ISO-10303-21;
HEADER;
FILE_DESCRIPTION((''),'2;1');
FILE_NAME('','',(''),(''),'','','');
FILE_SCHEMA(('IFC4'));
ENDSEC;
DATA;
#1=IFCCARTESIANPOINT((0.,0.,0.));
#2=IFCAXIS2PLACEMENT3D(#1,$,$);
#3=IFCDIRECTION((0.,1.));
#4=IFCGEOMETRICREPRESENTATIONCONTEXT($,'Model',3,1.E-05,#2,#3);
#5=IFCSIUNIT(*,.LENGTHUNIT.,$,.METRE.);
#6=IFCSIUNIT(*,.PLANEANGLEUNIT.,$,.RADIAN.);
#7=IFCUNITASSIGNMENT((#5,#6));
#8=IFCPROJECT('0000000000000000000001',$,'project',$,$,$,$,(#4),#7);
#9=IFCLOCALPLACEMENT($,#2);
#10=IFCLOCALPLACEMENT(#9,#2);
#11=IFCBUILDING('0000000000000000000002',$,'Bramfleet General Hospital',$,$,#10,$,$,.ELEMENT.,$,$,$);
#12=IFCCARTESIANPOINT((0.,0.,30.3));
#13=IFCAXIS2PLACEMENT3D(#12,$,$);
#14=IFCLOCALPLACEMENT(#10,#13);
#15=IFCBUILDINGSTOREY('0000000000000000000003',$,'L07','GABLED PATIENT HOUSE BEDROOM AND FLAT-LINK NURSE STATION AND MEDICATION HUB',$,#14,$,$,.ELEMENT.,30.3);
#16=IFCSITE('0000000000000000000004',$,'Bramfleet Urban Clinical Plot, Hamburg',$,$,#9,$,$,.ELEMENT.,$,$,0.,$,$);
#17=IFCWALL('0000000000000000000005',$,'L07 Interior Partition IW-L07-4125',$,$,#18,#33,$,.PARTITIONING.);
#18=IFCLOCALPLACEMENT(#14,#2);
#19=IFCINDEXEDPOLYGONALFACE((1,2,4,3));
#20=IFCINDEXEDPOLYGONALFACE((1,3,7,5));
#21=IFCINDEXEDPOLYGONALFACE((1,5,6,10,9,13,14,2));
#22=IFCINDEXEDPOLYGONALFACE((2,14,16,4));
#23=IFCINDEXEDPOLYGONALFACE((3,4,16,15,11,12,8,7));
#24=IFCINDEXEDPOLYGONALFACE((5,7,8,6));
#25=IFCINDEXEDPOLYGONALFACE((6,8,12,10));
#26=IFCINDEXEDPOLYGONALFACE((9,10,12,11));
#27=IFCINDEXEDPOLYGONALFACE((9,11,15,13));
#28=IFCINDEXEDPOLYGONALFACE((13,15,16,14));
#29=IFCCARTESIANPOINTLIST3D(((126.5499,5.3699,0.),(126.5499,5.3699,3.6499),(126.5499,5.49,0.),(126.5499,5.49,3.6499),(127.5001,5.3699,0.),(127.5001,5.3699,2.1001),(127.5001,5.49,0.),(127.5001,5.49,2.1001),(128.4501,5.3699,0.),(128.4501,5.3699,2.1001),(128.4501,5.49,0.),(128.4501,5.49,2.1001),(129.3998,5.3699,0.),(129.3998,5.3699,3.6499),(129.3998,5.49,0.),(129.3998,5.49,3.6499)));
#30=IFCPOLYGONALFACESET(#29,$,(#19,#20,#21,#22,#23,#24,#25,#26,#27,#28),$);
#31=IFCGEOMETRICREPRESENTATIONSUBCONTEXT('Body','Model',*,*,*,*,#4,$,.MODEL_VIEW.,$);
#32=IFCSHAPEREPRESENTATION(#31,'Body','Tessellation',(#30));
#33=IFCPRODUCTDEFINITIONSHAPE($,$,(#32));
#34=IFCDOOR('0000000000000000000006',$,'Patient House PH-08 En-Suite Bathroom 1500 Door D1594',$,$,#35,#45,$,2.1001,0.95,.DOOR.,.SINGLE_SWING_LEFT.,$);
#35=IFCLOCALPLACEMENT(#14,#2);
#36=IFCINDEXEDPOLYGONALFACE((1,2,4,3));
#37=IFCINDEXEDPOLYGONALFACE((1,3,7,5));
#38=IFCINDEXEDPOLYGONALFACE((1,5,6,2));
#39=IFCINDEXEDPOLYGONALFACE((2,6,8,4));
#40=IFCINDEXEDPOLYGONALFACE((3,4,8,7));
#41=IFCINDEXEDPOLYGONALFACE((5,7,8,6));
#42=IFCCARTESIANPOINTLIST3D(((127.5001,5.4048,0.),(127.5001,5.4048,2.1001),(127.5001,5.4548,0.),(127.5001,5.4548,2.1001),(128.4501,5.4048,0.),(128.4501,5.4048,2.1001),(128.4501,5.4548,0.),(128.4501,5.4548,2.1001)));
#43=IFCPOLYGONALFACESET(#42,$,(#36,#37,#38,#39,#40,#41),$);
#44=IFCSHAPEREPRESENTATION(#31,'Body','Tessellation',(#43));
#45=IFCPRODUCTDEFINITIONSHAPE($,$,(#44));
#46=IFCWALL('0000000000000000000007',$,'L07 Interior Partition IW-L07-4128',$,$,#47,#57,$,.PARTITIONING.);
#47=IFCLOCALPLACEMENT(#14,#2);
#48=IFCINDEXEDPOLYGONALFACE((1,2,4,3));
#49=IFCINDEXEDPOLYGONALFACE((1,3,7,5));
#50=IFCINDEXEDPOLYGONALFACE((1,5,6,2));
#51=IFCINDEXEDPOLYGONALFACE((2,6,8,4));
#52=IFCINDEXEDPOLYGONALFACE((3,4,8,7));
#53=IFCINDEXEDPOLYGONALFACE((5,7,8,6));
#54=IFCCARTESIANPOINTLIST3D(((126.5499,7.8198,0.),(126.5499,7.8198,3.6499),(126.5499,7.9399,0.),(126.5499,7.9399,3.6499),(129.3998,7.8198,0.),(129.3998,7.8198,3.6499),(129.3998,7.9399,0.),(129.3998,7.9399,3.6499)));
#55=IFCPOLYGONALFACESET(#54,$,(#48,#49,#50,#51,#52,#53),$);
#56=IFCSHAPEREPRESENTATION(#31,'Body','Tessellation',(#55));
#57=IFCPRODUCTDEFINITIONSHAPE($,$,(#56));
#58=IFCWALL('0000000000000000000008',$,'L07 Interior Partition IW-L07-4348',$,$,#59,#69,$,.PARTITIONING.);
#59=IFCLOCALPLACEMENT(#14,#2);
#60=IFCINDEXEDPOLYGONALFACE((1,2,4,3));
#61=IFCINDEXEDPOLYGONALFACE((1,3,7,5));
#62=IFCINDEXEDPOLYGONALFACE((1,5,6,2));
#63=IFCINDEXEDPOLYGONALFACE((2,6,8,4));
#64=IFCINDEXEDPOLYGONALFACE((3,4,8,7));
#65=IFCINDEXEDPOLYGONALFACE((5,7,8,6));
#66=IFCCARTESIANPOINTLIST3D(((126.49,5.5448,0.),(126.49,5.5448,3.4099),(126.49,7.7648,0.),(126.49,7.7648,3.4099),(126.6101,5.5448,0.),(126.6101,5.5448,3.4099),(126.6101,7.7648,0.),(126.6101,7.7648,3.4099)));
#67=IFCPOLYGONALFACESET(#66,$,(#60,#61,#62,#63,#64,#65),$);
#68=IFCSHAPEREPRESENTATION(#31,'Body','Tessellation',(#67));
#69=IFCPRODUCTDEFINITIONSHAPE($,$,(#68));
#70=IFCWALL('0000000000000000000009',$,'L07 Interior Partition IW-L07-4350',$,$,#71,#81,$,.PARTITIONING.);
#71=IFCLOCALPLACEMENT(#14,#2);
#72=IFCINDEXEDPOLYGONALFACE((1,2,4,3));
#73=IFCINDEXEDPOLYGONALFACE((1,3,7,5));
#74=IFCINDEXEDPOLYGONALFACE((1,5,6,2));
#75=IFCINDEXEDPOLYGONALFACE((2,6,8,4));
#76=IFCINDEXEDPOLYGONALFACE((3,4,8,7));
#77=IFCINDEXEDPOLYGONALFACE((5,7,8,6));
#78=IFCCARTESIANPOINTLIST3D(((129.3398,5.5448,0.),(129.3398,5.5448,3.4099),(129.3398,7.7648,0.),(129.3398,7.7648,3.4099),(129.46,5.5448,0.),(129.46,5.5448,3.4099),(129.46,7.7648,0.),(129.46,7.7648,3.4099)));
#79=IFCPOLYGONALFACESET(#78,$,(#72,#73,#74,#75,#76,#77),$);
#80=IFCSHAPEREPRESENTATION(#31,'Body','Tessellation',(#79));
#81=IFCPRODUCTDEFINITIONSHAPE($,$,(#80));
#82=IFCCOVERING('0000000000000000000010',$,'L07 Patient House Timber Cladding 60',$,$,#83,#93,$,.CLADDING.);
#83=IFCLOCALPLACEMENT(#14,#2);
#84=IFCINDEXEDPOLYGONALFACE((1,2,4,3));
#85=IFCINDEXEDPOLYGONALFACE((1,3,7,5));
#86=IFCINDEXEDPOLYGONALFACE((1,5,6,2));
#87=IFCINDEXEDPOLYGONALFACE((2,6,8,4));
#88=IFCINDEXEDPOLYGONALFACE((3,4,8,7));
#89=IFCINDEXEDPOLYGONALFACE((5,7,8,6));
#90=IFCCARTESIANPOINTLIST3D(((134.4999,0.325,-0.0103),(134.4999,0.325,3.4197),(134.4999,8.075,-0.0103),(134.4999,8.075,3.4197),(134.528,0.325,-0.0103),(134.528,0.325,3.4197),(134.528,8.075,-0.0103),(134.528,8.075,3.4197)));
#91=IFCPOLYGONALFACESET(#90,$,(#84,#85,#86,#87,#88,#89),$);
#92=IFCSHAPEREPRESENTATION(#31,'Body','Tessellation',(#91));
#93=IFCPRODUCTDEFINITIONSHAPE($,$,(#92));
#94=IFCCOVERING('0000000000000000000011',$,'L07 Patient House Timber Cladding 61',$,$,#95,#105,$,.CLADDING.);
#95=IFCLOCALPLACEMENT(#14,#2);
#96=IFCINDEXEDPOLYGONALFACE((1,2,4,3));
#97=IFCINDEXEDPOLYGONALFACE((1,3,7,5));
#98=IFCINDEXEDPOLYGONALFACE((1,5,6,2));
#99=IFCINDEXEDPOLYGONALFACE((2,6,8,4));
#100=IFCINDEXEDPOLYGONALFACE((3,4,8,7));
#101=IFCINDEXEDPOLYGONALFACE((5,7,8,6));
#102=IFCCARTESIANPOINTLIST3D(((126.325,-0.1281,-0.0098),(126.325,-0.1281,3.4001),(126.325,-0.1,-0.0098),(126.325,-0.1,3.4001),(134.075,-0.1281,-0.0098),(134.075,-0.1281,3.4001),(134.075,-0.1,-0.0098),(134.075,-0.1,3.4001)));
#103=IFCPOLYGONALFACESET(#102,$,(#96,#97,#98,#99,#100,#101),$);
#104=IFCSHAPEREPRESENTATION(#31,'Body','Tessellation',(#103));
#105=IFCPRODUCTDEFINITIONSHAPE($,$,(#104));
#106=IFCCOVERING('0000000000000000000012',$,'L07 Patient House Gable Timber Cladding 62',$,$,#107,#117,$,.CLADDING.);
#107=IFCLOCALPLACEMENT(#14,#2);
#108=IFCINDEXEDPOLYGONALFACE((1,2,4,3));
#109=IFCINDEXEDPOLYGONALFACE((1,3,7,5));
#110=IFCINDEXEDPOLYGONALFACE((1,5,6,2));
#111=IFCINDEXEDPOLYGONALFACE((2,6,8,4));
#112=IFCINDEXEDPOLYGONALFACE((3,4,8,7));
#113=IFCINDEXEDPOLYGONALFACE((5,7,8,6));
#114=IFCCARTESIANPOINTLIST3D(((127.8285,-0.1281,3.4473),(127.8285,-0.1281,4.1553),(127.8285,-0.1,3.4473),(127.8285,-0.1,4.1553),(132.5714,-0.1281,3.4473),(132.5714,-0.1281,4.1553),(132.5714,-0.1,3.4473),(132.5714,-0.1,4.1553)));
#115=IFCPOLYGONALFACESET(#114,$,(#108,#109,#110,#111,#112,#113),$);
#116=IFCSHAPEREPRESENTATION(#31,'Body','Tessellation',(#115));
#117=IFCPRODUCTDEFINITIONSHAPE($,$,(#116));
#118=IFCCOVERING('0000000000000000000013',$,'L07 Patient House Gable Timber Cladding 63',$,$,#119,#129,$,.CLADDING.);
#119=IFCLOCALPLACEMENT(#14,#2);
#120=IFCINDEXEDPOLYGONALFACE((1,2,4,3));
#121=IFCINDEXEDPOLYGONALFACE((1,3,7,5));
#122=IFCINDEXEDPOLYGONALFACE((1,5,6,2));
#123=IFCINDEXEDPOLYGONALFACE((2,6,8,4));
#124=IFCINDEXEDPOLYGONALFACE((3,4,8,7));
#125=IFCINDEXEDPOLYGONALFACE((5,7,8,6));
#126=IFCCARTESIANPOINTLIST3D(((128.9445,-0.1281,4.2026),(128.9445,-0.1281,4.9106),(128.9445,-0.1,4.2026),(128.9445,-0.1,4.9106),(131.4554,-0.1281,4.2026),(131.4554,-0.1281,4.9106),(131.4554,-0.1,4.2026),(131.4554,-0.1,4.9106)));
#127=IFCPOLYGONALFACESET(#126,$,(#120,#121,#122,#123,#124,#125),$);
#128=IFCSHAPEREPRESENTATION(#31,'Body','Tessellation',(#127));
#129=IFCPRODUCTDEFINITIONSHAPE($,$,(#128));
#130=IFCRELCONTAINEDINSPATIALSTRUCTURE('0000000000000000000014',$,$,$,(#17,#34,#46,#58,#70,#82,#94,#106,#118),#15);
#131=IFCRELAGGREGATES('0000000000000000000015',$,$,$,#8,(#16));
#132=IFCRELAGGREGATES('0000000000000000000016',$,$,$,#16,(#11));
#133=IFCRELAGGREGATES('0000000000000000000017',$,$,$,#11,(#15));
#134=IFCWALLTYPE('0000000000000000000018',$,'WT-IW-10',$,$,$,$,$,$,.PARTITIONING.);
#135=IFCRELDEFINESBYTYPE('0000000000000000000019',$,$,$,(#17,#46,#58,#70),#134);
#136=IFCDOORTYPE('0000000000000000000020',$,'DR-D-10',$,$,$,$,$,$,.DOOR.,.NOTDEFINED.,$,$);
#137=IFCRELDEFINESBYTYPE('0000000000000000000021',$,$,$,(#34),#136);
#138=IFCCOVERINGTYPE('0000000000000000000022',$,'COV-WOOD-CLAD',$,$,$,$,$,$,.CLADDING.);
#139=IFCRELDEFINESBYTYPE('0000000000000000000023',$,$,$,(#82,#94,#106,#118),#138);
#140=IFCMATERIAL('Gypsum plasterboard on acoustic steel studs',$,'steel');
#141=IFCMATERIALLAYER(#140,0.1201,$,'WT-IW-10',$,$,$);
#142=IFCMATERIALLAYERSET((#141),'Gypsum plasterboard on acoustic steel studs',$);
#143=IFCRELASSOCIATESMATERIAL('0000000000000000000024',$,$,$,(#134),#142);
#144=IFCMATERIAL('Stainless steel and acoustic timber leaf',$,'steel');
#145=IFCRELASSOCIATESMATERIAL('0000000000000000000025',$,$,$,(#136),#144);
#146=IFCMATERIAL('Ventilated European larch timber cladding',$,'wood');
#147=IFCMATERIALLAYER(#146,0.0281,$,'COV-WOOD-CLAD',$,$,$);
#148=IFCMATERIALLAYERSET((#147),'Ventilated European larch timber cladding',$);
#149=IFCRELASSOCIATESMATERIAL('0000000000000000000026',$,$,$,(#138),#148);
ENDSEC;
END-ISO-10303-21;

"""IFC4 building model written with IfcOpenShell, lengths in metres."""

from ifc_helpers import new_model, si_unit, direction, frame, frame_2d, origin, origin_2d, place, context, subcontext, project, spatial, rectangle, extrude, material, layer, layer_set, type_object, element, fill, save


model = new_model("IFC4")

# Units and contexts
model_context = context("Model", 3, precision=1e-05, world=origin(), true_north=direction((0.0, 1.0)))
body_context = subcontext(model_context, "Body", "Model", "MODEL_VIEW")
ifc_project = project(units=[si_unit("LENGTHUNIT", "METRE"), si_unit("PLANEANGLEUNIT", "RADIAN")], contexts=[model_context])

# Site, building, storey
site_placement = place(None, origin())
site = spatial("IfcSite", under=ifc_project, at=site_placement, Name="Bramfleet Urban Clinical Plot, Hamburg", CompositionType="ELEMENT", RefElevation=0.0)
building_placement = place(site_placement, origin())
building = spatial("IfcBuilding", under=site, at=building_placement, Name="Bramfleet General Hospital", CompositionType="ELEMENT")
storey_placement = place(building_placement, frame((0.0, 0.0, 30.3)))
storey = spatial("IfcBuildingStorey", under=building, at=storey_placement, Name="L07", Description="GABLED PATIENT HOUSE BEDROOM AND FLAT-LINK NURSE STATION AND MEDICATION HUB", CompositionType="ELEMENT", Elevation=30.3)

# Wall, opening, door
ifc_material_1 = material(Name="Gypsum plasterboard on acoustic steel studs", Category="steel")
ifc_material_2 = material(Name="Stainless steel and acoustic timber leaf", Category="steel")
ifc_layer_1 = layer(ifc_material_1, 0.1201, Name="WT-IW-10")
ifc_layer_set_1 = layer_set([ifc_layer_1], Name="Gypsum plasterboard on acoustic steel studs")
wall_type_1 = type_object("IfcWallType", Name="WT-IW-10", PredefinedType="PARTITIONING", material=ifc_layer_set_1)
wall_1_placement = place(storey_placement, frame((126.55, 5.4299, 0.0), z_axis=(0.0, 0.0, 1.0), x_axis=(1.0, 0.0, 0.0)))
wall_1 = element("IfcWall", 1, at=wall_1_placement, inside=storey, type_object=wall_type_1, Name="L07 Interior Partition IW-L07-4125", PredefinedType="PARTITIONING", context=body_context, shape_type="SweptSolid", body=[
    extrude(rectangle(XDim=2.8499, YDim=0.1201, at=frame_2d((1.4248, 0.0))), origin(), (0.0, 0.0, 1.0), 3.6499),
])
opening_1_placement = place(wall_1_placement, frame((0.95, 0.0, 0.0)))
opening_1 = element("IfcOpeningElement", 2, at=opening_1_placement, cuts=wall_1, PredefinedType="OPENING", context=body_context, shape_type="SweptSolid", body=[
    extrude(rectangle(XDim=0.95, YDim=2.1001, at=frame_2d((0.4751, 1.05))), frame((0.0, 0.0701, 0.0), z_axis=(0.0, -1.0, 0.0), x_axis=(1.0, 0.0, 0.0)), (0.0, 0.0, 1.0), 0.1401),
])
door_type_1 = type_object("IfcDoorType", Name="DR-D-10", OperationType="NOTDEFINED", PredefinedType="DOOR", material=ifc_material_2)
door_1_placement = place(opening_1_placement, origin())
door_1 = element("IfcDoor", 3, at=door_1_placement, inside=storey, type_object=door_type_1, Name="Patient House PH-08 En-Suite Bathroom 1500 Door D1594", OperationType="SINGLE_SWING_LEFT", OverallHeight=2.1001, OverallWidth=0.95, PredefinedType="DOOR", context=body_context, shape_type="SweptSolid", body=[
    extrude(rectangle(XDim=0.95, YDim=2.1001, at=frame_2d((0.4751, 1.05))), frame((0.0, 0.0249, 0.0), z_axis=(0.0, -1.0, 0.0), x_axis=(1.0, 0.0, 0.0)), (0.0, 0.0, 1.0), 0.05),
])
fill(opening_1, door_1)

# Walls
wall_2_placement = place(storey_placement, frame((126.55, 7.8799, 0.0), z_axis=(0.0, 0.0, 1.0), x_axis=(1.0, 0.0, 0.0)))
element("IfcWall", 4, at=wall_2_placement, inside=storey, type_object=wall_type_1, Name="L07 Interior Partition IW-L07-4128", PredefinedType="PARTITIONING", context=body_context, shape_type="SweptSolid", body=[
    extrude(rectangle(XDim=2.8499, YDim=0.1201, at=frame_2d((1.4248, 0.0))), origin(), (0.0, 0.0, 1.0), 3.6499),
])
for number, where, z_axis, x_axis, name in (
    (5, (126.55, 5.5449, 0.0), (0.0, 0.0, 1.0), (0.0, 1.0, 0.0), "L07 Interior Partition IW-L07-4348"),
    (6, (129.3999, 5.5449, 0.0), (0.0, 0.0, 1.0), (0.0, 1.0, 0.0), "L07 Interior Partition IW-L07-4350"),
):
    element("IfcWall", number, at=place(storey_placement, frame(where, z_axis=z_axis, x_axis=x_axis)), inside=storey, type_object=wall_type_1, Name=name, PredefinedType="PARTITIONING", context=body_context, shape_type="SweptSolid", body=[
        extrude(rectangle(XDim=2.22, YDim=0.1201, at=frame_2d((1.1099, 0.0))), origin(), (0.0, 0.0, 1.0), 3.4099),
    ])

# Coverings
ifc_material_3 = material(Name="Ventilated European larch timber cladding", Category="wood")
ifc_layer_2 = layer(ifc_material_3, 0.0281, Name="COV-WOOD-CLAD")
ifc_layer_set_2 = layer_set([ifc_layer_2], Name="Ventilated European larch timber cladding")
covering_type = type_object("IfcCoveringType", Name="COV-WOOD-CLAD", PredefinedType="CLADDING", material=ifc_layer_set_2)
covering_1_placement = place(storey_placement, frame((134.5139, 4.2, -0.0103), z_axis=(0.0, 0.0, 1.0), x_axis=(0.0, -1.0, 0.0)))
element("IfcCovering", 7, at=covering_1_placement, inside=storey, type_object=covering_type, Name="L07 Patient House Timber Cladding 60", PredefinedType="CLADDING", context=body_context, shape_type="SweptSolid", body=[
    extrude(rectangle(XDim=7.75, YDim=0.0281, at=origin_2d()), origin(), (0.0, 0.0, 1.0), 3.4299),
])
covering_2_placement = place(storey_placement, frame((130.2, -0.114, -0.0098), z_axis=(0.0, 0.0, 1.0), x_axis=(-1.0, 0.0, 0.0)))
element("IfcCovering", 8, at=covering_2_placement, inside=storey, type_object=covering_type, Name="L07 Patient House Timber Cladding 61", PredefinedType="CLADDING", context=body_context, shape_type="SweptSolid", body=[
    extrude(rectangle(XDim=7.75, YDim=0.0281, at=origin_2d()), origin(), (0.0, 0.0, 1.0), 3.4099),
])
covering_3_placement = place(storey_placement, frame((130.2, -0.114, 3.4473), z_axis=(0.0, 0.0, 1.0), x_axis=(-1.0, 0.0, 0.0)))
element("IfcCovering", 9, at=covering_3_placement, inside=storey, type_object=covering_type, Name="L07 Patient House Gable Timber Cladding 62", PredefinedType="CLADDING", context=body_context, shape_type="SweptSolid", body=[
    extrude(rectangle(XDim=4.7429, YDim=0.0281, at=origin_2d()), origin(), (0.0, 0.0, 1.0), 0.708),
])
covering_4_placement = place(storey_placement, frame((130.2, -0.114, 4.2026), z_axis=(0.0, 0.0, 1.0), x_axis=(-1.0, 0.0, 0.0)))
element("IfcCovering", 10, at=covering_4_placement, inside=storey, type_object=covering_type, Name="L07 Patient House Gable Timber Cladding 63", PredefinedType="CLADDING", context=body_context, shape_type="SweptSolid", body=[
    extrude(rectangle(XDim=2.511, YDim=0.0281, at=origin_2d()), origin(), (0.0, 0.0, 1.0), 0.708),
])

save(model, "model.ifc")
